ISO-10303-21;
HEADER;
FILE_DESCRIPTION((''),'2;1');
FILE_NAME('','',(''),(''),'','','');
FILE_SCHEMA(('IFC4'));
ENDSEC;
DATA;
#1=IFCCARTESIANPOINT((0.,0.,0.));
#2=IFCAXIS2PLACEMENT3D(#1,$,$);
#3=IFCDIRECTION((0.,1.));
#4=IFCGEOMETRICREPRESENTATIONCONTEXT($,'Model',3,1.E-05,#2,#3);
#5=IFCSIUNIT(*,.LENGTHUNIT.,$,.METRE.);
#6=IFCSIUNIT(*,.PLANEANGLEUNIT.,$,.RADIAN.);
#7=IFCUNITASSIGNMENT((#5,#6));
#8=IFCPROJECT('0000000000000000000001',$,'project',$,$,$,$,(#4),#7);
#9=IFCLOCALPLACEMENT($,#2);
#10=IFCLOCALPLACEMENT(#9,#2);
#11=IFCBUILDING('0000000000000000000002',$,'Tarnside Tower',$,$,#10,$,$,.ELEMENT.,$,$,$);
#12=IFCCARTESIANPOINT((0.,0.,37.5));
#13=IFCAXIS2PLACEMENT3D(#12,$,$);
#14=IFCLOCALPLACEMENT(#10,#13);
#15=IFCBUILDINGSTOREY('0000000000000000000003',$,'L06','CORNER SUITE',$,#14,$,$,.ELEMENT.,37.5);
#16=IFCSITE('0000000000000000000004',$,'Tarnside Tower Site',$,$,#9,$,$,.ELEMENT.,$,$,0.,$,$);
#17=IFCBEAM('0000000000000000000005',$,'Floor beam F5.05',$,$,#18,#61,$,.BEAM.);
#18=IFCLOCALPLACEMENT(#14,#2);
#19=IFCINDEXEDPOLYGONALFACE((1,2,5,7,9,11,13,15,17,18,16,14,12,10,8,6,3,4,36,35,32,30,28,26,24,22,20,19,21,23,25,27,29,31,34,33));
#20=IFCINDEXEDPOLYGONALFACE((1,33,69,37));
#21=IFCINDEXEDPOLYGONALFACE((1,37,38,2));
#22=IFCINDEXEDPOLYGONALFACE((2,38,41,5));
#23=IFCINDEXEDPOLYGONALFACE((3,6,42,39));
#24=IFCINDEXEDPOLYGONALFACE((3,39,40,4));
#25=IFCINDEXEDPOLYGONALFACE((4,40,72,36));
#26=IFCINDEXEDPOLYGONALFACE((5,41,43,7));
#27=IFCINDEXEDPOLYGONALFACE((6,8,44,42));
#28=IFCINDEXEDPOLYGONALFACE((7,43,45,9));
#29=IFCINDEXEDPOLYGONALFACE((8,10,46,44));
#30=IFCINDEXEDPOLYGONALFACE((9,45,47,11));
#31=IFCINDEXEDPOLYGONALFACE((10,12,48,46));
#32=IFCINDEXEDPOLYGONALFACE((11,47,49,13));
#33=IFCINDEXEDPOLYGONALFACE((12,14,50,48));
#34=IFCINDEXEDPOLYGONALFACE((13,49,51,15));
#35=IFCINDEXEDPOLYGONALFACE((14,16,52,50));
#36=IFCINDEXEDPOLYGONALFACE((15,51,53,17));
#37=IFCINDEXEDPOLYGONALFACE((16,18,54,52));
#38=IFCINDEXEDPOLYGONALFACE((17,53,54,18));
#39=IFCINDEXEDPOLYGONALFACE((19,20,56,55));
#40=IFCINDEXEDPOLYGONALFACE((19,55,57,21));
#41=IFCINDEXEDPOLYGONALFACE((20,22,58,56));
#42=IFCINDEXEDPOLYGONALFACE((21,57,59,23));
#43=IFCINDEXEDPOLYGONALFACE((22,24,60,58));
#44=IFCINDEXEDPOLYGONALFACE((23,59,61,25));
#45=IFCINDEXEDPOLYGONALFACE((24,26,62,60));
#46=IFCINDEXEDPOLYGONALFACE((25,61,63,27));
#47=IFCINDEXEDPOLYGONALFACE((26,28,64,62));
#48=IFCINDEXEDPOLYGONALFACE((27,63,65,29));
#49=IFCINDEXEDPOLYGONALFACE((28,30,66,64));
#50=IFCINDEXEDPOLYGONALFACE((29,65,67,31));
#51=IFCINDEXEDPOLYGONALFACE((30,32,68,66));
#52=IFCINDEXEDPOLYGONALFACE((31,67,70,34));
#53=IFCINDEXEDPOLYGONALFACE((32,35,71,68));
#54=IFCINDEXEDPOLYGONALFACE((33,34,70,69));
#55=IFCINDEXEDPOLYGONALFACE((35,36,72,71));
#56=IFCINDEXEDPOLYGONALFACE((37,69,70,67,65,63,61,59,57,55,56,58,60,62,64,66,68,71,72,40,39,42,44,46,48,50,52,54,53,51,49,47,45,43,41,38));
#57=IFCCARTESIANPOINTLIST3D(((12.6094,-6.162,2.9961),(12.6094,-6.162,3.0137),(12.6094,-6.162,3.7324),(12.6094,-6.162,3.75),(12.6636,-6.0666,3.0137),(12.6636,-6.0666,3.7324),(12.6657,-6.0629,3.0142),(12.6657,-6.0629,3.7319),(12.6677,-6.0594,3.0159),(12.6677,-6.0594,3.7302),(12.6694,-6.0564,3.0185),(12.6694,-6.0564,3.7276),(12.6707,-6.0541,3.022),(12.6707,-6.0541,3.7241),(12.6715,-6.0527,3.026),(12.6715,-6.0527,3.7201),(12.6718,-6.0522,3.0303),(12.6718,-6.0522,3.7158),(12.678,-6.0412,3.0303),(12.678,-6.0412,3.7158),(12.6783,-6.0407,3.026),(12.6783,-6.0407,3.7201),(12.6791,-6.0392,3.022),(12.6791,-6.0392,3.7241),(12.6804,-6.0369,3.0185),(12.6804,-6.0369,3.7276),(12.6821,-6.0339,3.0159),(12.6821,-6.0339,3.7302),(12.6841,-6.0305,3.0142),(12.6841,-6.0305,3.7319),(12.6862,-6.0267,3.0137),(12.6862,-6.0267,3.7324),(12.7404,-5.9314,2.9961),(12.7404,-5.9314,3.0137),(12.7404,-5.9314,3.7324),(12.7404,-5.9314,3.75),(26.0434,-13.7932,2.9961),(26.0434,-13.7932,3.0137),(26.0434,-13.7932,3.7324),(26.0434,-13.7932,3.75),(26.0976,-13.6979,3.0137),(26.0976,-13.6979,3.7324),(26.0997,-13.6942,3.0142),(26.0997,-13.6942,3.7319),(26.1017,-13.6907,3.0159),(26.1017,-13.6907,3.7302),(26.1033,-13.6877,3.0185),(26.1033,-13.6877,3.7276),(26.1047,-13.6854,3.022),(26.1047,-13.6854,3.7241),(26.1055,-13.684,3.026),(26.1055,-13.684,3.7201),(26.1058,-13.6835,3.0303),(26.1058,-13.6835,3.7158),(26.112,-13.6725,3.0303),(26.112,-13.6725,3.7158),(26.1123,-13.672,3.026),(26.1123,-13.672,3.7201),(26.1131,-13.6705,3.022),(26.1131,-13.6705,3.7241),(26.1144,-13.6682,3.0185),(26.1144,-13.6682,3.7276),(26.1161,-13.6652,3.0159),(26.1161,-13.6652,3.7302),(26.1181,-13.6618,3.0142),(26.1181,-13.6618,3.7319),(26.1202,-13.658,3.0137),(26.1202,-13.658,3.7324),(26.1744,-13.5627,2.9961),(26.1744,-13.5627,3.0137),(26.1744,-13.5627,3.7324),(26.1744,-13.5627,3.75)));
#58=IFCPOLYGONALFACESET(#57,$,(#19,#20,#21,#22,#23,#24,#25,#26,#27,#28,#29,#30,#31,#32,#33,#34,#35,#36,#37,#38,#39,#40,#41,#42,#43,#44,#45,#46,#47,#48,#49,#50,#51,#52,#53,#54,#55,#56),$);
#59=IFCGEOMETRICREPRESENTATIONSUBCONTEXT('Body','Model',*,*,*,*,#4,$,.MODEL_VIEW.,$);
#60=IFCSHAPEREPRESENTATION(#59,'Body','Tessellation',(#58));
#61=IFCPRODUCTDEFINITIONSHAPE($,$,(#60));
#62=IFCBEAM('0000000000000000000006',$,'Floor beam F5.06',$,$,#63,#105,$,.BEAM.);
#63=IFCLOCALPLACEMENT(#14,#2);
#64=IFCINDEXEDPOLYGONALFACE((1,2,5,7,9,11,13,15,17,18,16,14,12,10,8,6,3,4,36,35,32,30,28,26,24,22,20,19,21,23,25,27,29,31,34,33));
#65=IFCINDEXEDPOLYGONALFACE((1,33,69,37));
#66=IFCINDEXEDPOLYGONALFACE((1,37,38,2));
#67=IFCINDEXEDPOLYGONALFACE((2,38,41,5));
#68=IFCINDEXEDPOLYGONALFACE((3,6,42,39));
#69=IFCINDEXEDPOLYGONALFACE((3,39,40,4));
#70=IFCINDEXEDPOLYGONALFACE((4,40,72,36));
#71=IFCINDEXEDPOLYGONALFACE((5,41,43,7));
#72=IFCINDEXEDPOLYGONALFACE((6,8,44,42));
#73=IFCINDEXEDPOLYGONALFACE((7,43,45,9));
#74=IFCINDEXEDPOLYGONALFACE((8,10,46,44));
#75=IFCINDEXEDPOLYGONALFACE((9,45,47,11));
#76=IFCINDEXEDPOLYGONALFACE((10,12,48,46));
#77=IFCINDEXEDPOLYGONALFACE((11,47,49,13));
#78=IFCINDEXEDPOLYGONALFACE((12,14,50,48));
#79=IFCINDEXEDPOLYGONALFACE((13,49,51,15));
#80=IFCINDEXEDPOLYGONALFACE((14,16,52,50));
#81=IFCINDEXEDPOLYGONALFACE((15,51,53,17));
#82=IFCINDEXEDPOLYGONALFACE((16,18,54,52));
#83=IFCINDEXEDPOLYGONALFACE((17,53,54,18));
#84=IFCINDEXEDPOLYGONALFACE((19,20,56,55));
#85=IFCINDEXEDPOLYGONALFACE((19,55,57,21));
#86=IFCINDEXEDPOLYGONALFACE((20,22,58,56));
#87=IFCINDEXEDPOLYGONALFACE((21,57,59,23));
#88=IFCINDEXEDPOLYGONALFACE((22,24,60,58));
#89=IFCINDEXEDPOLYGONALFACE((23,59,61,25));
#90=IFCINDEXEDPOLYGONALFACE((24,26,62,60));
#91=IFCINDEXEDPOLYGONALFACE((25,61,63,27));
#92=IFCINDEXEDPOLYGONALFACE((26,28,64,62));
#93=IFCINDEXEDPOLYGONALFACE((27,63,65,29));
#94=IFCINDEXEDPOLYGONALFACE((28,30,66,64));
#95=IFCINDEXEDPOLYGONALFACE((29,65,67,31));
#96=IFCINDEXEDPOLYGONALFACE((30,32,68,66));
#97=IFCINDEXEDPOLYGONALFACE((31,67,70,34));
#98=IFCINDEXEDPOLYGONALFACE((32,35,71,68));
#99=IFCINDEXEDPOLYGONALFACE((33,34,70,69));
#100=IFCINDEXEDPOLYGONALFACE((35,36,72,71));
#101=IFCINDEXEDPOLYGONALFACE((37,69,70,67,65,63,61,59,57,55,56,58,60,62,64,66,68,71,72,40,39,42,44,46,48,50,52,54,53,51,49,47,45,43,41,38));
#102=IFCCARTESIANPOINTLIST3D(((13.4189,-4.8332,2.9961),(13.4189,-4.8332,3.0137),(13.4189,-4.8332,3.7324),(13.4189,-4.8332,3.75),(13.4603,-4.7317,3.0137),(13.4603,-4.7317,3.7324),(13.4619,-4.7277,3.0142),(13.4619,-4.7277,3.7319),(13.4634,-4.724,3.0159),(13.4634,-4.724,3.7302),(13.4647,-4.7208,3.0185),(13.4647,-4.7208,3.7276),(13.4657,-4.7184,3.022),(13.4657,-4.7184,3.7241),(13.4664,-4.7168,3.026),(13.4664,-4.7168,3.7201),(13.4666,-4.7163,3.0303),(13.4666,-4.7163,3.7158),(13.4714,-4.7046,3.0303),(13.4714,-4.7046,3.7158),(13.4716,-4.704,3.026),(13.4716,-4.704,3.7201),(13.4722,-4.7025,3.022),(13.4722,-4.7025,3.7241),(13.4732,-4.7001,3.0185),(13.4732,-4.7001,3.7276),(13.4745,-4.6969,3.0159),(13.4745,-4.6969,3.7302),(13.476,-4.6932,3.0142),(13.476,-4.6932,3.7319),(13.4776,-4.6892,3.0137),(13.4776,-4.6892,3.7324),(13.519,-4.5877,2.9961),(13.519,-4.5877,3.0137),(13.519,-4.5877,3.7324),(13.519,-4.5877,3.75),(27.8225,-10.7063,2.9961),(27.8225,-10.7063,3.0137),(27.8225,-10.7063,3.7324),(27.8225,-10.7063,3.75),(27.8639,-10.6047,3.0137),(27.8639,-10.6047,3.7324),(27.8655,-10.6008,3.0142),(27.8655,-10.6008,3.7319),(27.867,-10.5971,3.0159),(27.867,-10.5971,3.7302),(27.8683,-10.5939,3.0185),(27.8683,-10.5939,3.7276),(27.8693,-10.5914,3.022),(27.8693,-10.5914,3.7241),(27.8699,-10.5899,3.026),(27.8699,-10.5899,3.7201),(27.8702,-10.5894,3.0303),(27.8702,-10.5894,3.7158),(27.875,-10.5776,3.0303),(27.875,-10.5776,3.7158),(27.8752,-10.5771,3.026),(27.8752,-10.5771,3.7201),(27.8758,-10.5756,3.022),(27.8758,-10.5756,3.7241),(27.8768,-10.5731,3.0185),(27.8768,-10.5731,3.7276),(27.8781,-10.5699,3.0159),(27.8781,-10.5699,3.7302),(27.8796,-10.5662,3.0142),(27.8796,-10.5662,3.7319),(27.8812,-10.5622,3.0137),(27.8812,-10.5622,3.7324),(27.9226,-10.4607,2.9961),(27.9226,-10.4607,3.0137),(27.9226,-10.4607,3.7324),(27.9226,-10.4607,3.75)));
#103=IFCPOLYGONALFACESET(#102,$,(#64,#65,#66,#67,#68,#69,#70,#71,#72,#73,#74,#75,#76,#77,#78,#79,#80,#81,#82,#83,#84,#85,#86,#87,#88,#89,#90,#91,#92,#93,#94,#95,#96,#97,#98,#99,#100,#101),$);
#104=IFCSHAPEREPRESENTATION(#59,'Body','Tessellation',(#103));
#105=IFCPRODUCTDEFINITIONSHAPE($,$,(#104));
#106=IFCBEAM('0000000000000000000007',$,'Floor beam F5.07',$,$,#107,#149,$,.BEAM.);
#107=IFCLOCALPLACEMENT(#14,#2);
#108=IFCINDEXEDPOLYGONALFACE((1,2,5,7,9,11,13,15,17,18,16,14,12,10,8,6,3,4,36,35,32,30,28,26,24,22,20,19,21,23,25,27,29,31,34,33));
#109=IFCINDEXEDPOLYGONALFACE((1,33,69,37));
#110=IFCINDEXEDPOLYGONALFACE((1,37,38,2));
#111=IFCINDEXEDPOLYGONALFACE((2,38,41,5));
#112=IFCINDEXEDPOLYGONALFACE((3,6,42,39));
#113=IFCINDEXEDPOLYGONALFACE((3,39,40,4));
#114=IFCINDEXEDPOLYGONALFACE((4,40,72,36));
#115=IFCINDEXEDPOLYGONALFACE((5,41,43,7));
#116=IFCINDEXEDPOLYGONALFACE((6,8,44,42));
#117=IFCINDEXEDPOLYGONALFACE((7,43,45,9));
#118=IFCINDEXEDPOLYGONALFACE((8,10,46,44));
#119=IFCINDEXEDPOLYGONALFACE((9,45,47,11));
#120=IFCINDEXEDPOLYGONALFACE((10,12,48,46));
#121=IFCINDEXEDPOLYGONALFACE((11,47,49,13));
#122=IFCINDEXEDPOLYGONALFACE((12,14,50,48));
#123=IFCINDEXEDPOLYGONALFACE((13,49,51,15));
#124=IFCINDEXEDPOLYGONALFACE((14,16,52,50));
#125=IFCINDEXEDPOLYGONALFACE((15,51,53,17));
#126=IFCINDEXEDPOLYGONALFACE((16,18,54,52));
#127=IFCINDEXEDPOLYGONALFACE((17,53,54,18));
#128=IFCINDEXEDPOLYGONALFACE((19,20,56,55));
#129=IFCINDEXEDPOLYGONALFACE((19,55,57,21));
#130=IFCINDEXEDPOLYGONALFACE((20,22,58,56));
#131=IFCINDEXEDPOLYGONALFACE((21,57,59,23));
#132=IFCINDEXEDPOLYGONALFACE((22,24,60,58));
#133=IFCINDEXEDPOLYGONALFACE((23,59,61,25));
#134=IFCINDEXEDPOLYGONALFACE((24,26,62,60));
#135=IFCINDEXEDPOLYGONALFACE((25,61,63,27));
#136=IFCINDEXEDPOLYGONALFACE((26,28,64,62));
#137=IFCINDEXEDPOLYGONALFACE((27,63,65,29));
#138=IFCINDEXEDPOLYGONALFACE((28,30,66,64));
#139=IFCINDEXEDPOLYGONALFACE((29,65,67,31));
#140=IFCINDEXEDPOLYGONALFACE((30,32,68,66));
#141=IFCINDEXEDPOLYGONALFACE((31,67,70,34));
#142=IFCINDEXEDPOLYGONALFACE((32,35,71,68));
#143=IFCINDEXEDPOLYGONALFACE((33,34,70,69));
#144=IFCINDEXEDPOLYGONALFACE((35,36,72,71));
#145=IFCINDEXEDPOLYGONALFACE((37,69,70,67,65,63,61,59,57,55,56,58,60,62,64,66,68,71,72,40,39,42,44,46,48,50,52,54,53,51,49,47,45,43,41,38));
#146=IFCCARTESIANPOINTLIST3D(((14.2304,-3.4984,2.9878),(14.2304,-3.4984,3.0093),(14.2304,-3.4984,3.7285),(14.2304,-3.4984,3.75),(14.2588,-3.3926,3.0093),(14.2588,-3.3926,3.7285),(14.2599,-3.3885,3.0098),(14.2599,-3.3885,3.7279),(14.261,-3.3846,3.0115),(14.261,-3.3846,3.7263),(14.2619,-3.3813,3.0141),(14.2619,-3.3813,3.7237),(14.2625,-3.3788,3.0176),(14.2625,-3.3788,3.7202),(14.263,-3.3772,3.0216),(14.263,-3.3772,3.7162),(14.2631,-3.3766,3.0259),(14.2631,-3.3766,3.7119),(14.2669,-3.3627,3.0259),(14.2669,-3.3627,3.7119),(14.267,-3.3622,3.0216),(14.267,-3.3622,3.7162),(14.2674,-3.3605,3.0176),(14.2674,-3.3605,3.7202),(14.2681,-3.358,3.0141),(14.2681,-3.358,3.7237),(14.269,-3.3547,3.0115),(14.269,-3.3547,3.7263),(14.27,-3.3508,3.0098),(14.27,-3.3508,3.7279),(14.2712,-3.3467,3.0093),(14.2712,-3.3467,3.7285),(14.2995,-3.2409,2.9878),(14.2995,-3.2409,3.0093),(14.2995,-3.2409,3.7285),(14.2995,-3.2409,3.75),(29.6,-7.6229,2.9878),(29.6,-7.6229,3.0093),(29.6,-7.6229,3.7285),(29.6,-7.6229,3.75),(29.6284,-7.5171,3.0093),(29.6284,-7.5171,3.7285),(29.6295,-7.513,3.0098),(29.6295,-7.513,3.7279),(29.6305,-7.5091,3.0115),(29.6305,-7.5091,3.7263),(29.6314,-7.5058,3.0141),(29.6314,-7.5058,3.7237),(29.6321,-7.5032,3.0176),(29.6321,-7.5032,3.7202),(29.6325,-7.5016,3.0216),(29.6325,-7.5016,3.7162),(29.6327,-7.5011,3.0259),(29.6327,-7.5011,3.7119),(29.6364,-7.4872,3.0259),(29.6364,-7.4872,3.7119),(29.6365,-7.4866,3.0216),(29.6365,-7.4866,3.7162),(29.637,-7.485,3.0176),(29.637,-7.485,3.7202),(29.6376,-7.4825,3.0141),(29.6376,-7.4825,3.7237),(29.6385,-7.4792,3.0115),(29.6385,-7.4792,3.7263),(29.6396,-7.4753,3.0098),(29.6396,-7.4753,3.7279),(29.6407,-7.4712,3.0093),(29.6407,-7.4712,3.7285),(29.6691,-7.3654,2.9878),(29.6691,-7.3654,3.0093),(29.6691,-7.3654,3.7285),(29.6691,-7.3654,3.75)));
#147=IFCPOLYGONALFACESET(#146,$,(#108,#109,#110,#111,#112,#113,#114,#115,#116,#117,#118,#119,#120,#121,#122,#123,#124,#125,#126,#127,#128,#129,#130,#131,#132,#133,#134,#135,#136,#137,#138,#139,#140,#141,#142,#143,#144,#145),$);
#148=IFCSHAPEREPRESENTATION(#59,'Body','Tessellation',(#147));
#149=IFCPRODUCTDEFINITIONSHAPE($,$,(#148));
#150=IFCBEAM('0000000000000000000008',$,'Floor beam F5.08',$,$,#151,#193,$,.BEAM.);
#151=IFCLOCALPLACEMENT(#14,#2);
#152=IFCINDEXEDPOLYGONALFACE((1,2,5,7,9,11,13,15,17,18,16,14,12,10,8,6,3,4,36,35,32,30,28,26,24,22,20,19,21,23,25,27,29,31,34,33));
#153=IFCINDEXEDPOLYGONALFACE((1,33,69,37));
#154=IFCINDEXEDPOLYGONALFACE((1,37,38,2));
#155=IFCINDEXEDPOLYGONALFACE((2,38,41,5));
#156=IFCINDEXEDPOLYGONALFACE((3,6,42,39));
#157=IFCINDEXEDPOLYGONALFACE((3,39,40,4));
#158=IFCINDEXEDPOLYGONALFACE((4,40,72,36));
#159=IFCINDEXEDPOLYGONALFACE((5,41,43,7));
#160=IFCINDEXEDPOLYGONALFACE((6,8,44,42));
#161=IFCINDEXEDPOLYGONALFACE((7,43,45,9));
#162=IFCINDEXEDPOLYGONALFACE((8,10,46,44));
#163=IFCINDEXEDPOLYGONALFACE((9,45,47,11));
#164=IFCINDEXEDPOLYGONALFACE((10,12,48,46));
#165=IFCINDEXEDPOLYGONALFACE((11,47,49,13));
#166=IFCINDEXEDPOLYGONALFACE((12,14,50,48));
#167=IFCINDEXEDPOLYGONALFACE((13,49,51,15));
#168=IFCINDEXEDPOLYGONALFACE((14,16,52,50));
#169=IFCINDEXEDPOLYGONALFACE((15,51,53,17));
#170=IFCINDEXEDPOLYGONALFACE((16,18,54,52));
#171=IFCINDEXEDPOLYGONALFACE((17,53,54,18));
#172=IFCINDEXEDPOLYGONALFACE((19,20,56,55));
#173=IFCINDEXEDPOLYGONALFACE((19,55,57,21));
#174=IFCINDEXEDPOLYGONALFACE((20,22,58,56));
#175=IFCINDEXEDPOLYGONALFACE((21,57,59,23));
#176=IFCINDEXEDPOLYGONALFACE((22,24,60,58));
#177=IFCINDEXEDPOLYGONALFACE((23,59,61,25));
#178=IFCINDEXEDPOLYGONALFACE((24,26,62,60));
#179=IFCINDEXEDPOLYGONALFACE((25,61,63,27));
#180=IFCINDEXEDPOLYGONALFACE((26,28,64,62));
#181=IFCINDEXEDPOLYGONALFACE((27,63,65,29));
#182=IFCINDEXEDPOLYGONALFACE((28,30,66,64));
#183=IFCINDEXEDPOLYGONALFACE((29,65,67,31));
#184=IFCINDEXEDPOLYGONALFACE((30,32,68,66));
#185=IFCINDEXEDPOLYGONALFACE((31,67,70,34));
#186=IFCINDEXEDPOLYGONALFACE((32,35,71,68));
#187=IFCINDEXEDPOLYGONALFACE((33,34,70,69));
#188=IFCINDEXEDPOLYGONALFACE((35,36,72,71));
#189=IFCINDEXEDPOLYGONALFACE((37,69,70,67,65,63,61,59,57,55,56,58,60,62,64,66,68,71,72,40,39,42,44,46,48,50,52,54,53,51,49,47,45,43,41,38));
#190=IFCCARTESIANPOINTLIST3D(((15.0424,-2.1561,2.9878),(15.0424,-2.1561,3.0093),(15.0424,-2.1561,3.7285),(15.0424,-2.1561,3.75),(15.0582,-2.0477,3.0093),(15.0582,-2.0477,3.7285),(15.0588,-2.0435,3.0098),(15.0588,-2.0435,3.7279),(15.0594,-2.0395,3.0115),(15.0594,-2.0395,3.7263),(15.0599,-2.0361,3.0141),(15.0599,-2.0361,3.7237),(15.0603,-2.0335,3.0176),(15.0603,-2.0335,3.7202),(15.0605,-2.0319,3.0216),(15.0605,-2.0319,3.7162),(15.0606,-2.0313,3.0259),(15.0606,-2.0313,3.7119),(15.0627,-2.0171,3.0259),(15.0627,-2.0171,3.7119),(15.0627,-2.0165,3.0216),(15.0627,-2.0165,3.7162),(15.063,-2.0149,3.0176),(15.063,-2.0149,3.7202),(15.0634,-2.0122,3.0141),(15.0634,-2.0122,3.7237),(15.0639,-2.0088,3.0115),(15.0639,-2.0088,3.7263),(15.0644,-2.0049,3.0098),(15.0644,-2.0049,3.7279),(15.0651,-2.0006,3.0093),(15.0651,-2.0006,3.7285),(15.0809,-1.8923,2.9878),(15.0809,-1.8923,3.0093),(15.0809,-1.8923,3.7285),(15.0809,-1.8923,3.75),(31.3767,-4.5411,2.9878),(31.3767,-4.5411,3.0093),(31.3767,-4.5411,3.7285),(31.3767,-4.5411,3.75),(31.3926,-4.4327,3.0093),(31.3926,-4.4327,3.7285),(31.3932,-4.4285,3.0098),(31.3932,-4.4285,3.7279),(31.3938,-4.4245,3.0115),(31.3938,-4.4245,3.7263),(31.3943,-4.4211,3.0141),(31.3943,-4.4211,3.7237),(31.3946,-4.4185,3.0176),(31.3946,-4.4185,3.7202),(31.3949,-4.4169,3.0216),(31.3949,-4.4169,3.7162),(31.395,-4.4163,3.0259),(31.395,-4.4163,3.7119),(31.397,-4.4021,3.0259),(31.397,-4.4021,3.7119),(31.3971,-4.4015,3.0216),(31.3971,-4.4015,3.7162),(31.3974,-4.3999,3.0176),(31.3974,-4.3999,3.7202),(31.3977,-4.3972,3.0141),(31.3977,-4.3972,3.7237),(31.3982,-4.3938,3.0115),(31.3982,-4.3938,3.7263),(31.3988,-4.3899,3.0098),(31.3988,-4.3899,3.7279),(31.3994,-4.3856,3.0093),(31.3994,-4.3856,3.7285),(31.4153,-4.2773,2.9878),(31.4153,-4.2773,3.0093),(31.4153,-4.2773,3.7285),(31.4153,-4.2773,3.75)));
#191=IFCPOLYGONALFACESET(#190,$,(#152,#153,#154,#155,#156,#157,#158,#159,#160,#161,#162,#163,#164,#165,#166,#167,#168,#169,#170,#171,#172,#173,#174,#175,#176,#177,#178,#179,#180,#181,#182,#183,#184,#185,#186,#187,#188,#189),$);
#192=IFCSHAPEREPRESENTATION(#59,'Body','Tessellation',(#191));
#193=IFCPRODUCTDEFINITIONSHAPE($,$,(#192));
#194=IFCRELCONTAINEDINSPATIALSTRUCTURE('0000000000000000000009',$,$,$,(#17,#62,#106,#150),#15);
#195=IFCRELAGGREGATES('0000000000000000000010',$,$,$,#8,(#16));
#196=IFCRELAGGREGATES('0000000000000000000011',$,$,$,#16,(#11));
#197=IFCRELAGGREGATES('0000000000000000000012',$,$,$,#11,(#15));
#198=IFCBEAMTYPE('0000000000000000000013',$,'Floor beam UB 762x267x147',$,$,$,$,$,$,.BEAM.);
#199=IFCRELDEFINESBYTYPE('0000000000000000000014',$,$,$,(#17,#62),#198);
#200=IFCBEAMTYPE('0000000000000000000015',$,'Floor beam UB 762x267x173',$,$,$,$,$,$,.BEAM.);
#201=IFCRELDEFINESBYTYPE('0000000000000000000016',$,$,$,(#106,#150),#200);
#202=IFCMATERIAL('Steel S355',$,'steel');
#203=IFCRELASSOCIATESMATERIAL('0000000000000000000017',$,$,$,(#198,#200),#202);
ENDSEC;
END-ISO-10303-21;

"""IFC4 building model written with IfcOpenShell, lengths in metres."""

from ifc_helpers import new_model, si_unit, direction, frame, origin, origin_2d, place, context, subcontext, project, spatial, i_section, extrude, material, material_profile, profile_set, type_object, element, save


model = new_model("IFC4")

# Units and contexts
model_context = context("Model", 3, precision=1e-05, world=origin(), true_north=direction((0.0, 1.0)))
body_context = subcontext(model_context, "Body", "Model", "MODEL_VIEW")
ifc_project = project(units=[si_unit("LENGTHUNIT", "METRE"), si_unit("PLANEANGLEUNIT", "RADIAN")], contexts=[model_context])

# Site, building, storey
site_placement = place(None, origin())
site = spatial("IfcSite", under=ifc_project, at=site_placement, Name="Tarnside Tower Site", CompositionType="ELEMENT", RefElevation=0.0)
building_placement = place(site_placement, origin())
building = spatial("IfcBuilding", under=site, at=building_placement, Name="Tarnside Tower", CompositionType="ELEMENT")
storey_placement = place(building_placement, frame((0.0, 0.0, 37.5)))
storey = spatial("IfcBuildingStorey", under=building, at=storey_placement, Name="L06", Description="CORNER SUITE", CompositionType="ELEMENT", Elevation=37.5)

# Beams
ifc_material_1 = material(Name="Steel S355", Category="steel")
ifc_material_profile_1 = material_profile(ifc_material_1, i_section(OverallWidth=0.2651, OverallDepth=0.7539, WebThickness=0.0127, FlangeThickness=0.0176, FilletRadius=0.0166, at=origin_2d()), Name="UB 762x267x147")
ifc_profile_set_1 = profile_set([ifc_material_profile_1], Name="Steel S355")
beam_type_1 = type_object("IfcBeamType", Name="Floor beam UB 762x267x147", PredefinedType="BEAM", material=ifc_profile_set_1)
beam_1_placement = place(storey_placement, frame((26.1089, -13.678, 3.373), z_axis=(-0.869503, 0.493929, 0.0), x_axis=(-0.493929, -0.869503, 0.0)))
element("IfcBeam", 1, at=beam_1_placement, inside=storey, type_object=beam_type_1, Name="Floor beam F5.05", PredefinedType="BEAM", context=body_context, shape_type="SweptSolid", body=[
    extrude(i_section(OverallWidth=0.2651, OverallDepth=0.7539, WebThickness=0.0127, FlangeThickness=0.0176, FilletRadius=0.0166, at=origin_2d()), origin(), (0.0, 0.0, 1.0), 15.4502),
])
beam_2_placement = place(storey_placement, frame((27.8726, -10.5835, 3.373), z_axis=(-0.925982, 0.377569, 0.0), x_axis=(-0.377569, -0.925982, 0.0)))
element("IfcBeam", 2, at=beam_2_placement, inside=storey, type_object=beam_type_1, Name="Floor beam F5.06", PredefinedType="BEAM", context=body_context, shape_type="SweptSolid", body=[
    extrude(i_section(OverallWidth=0.2651, OverallDepth=0.7539, WebThickness=0.0127, FlangeThickness=0.0176, FilletRadius=0.0166, at=origin_2d()), origin(), (0.0, 0.0, 1.0), 15.5549),
])
ifc_material_profile_2 = material_profile(ifc_material_1, i_section(OverallWidth=0.2666, OverallDepth=0.7622, WebThickness=0.0144, FlangeThickness=0.0215, FilletRadius=0.0166, at=origin_2d()), Name="UB 762x267x173")
ifc_profile_set_2 = profile_set([ifc_material_profile_2], Name="Steel S355")
beam_type_2 = type_object("IfcBeamType", Name="Floor beam UB 762x267x173", PredefinedType="BEAM", material=ifc_profile_set_2)
beam_3_placement = place(storey_placement, frame((29.6345, -7.4941, 3.3689), z_axis=(-0.965828, 0.259184, 0.0), x_axis=(-0.259184, -0.965828, 0.0)))
element("IfcBeam", 3, at=beam_3_placement, inside=storey, type_object=beam_type_2, Name="Floor beam F5.07", PredefinedType="BEAM", context=body_context, shape_type="SweptSolid", body=[
    extrude(i_section(OverallWidth=0.2666, OverallDepth=0.7622, WebThickness=0.0144, FlangeThickness=0.0215, FilletRadius=0.0166, at=origin_2d()), origin(), (0.0, 0.0, 1.0), 15.9133),
])
beam_4_placement = place(storey_placement, frame((31.396, -4.4092, 3.3689), z_axis=(-0.989508, 0.144479, 0.0), x_axis=(-0.144479, -0.989508, 0.0)))
element("IfcBeam", 4, at=beam_4_placement, inside=storey, type_object=beam_type_2, Name="Floor beam F5.08", PredefinedType="BEAM", context=body_context, shape_type="SweptSolid", body=[
    extrude(i_section(OverallWidth=0.2666, OverallDepth=0.7622, WebThickness=0.0144, FlangeThickness=0.0215, FilletRadius=0.0166, at=origin_2d()), origin(), (0.0, 0.0, 1.0), 16.5076),
])

save(model, "model.ifc")
